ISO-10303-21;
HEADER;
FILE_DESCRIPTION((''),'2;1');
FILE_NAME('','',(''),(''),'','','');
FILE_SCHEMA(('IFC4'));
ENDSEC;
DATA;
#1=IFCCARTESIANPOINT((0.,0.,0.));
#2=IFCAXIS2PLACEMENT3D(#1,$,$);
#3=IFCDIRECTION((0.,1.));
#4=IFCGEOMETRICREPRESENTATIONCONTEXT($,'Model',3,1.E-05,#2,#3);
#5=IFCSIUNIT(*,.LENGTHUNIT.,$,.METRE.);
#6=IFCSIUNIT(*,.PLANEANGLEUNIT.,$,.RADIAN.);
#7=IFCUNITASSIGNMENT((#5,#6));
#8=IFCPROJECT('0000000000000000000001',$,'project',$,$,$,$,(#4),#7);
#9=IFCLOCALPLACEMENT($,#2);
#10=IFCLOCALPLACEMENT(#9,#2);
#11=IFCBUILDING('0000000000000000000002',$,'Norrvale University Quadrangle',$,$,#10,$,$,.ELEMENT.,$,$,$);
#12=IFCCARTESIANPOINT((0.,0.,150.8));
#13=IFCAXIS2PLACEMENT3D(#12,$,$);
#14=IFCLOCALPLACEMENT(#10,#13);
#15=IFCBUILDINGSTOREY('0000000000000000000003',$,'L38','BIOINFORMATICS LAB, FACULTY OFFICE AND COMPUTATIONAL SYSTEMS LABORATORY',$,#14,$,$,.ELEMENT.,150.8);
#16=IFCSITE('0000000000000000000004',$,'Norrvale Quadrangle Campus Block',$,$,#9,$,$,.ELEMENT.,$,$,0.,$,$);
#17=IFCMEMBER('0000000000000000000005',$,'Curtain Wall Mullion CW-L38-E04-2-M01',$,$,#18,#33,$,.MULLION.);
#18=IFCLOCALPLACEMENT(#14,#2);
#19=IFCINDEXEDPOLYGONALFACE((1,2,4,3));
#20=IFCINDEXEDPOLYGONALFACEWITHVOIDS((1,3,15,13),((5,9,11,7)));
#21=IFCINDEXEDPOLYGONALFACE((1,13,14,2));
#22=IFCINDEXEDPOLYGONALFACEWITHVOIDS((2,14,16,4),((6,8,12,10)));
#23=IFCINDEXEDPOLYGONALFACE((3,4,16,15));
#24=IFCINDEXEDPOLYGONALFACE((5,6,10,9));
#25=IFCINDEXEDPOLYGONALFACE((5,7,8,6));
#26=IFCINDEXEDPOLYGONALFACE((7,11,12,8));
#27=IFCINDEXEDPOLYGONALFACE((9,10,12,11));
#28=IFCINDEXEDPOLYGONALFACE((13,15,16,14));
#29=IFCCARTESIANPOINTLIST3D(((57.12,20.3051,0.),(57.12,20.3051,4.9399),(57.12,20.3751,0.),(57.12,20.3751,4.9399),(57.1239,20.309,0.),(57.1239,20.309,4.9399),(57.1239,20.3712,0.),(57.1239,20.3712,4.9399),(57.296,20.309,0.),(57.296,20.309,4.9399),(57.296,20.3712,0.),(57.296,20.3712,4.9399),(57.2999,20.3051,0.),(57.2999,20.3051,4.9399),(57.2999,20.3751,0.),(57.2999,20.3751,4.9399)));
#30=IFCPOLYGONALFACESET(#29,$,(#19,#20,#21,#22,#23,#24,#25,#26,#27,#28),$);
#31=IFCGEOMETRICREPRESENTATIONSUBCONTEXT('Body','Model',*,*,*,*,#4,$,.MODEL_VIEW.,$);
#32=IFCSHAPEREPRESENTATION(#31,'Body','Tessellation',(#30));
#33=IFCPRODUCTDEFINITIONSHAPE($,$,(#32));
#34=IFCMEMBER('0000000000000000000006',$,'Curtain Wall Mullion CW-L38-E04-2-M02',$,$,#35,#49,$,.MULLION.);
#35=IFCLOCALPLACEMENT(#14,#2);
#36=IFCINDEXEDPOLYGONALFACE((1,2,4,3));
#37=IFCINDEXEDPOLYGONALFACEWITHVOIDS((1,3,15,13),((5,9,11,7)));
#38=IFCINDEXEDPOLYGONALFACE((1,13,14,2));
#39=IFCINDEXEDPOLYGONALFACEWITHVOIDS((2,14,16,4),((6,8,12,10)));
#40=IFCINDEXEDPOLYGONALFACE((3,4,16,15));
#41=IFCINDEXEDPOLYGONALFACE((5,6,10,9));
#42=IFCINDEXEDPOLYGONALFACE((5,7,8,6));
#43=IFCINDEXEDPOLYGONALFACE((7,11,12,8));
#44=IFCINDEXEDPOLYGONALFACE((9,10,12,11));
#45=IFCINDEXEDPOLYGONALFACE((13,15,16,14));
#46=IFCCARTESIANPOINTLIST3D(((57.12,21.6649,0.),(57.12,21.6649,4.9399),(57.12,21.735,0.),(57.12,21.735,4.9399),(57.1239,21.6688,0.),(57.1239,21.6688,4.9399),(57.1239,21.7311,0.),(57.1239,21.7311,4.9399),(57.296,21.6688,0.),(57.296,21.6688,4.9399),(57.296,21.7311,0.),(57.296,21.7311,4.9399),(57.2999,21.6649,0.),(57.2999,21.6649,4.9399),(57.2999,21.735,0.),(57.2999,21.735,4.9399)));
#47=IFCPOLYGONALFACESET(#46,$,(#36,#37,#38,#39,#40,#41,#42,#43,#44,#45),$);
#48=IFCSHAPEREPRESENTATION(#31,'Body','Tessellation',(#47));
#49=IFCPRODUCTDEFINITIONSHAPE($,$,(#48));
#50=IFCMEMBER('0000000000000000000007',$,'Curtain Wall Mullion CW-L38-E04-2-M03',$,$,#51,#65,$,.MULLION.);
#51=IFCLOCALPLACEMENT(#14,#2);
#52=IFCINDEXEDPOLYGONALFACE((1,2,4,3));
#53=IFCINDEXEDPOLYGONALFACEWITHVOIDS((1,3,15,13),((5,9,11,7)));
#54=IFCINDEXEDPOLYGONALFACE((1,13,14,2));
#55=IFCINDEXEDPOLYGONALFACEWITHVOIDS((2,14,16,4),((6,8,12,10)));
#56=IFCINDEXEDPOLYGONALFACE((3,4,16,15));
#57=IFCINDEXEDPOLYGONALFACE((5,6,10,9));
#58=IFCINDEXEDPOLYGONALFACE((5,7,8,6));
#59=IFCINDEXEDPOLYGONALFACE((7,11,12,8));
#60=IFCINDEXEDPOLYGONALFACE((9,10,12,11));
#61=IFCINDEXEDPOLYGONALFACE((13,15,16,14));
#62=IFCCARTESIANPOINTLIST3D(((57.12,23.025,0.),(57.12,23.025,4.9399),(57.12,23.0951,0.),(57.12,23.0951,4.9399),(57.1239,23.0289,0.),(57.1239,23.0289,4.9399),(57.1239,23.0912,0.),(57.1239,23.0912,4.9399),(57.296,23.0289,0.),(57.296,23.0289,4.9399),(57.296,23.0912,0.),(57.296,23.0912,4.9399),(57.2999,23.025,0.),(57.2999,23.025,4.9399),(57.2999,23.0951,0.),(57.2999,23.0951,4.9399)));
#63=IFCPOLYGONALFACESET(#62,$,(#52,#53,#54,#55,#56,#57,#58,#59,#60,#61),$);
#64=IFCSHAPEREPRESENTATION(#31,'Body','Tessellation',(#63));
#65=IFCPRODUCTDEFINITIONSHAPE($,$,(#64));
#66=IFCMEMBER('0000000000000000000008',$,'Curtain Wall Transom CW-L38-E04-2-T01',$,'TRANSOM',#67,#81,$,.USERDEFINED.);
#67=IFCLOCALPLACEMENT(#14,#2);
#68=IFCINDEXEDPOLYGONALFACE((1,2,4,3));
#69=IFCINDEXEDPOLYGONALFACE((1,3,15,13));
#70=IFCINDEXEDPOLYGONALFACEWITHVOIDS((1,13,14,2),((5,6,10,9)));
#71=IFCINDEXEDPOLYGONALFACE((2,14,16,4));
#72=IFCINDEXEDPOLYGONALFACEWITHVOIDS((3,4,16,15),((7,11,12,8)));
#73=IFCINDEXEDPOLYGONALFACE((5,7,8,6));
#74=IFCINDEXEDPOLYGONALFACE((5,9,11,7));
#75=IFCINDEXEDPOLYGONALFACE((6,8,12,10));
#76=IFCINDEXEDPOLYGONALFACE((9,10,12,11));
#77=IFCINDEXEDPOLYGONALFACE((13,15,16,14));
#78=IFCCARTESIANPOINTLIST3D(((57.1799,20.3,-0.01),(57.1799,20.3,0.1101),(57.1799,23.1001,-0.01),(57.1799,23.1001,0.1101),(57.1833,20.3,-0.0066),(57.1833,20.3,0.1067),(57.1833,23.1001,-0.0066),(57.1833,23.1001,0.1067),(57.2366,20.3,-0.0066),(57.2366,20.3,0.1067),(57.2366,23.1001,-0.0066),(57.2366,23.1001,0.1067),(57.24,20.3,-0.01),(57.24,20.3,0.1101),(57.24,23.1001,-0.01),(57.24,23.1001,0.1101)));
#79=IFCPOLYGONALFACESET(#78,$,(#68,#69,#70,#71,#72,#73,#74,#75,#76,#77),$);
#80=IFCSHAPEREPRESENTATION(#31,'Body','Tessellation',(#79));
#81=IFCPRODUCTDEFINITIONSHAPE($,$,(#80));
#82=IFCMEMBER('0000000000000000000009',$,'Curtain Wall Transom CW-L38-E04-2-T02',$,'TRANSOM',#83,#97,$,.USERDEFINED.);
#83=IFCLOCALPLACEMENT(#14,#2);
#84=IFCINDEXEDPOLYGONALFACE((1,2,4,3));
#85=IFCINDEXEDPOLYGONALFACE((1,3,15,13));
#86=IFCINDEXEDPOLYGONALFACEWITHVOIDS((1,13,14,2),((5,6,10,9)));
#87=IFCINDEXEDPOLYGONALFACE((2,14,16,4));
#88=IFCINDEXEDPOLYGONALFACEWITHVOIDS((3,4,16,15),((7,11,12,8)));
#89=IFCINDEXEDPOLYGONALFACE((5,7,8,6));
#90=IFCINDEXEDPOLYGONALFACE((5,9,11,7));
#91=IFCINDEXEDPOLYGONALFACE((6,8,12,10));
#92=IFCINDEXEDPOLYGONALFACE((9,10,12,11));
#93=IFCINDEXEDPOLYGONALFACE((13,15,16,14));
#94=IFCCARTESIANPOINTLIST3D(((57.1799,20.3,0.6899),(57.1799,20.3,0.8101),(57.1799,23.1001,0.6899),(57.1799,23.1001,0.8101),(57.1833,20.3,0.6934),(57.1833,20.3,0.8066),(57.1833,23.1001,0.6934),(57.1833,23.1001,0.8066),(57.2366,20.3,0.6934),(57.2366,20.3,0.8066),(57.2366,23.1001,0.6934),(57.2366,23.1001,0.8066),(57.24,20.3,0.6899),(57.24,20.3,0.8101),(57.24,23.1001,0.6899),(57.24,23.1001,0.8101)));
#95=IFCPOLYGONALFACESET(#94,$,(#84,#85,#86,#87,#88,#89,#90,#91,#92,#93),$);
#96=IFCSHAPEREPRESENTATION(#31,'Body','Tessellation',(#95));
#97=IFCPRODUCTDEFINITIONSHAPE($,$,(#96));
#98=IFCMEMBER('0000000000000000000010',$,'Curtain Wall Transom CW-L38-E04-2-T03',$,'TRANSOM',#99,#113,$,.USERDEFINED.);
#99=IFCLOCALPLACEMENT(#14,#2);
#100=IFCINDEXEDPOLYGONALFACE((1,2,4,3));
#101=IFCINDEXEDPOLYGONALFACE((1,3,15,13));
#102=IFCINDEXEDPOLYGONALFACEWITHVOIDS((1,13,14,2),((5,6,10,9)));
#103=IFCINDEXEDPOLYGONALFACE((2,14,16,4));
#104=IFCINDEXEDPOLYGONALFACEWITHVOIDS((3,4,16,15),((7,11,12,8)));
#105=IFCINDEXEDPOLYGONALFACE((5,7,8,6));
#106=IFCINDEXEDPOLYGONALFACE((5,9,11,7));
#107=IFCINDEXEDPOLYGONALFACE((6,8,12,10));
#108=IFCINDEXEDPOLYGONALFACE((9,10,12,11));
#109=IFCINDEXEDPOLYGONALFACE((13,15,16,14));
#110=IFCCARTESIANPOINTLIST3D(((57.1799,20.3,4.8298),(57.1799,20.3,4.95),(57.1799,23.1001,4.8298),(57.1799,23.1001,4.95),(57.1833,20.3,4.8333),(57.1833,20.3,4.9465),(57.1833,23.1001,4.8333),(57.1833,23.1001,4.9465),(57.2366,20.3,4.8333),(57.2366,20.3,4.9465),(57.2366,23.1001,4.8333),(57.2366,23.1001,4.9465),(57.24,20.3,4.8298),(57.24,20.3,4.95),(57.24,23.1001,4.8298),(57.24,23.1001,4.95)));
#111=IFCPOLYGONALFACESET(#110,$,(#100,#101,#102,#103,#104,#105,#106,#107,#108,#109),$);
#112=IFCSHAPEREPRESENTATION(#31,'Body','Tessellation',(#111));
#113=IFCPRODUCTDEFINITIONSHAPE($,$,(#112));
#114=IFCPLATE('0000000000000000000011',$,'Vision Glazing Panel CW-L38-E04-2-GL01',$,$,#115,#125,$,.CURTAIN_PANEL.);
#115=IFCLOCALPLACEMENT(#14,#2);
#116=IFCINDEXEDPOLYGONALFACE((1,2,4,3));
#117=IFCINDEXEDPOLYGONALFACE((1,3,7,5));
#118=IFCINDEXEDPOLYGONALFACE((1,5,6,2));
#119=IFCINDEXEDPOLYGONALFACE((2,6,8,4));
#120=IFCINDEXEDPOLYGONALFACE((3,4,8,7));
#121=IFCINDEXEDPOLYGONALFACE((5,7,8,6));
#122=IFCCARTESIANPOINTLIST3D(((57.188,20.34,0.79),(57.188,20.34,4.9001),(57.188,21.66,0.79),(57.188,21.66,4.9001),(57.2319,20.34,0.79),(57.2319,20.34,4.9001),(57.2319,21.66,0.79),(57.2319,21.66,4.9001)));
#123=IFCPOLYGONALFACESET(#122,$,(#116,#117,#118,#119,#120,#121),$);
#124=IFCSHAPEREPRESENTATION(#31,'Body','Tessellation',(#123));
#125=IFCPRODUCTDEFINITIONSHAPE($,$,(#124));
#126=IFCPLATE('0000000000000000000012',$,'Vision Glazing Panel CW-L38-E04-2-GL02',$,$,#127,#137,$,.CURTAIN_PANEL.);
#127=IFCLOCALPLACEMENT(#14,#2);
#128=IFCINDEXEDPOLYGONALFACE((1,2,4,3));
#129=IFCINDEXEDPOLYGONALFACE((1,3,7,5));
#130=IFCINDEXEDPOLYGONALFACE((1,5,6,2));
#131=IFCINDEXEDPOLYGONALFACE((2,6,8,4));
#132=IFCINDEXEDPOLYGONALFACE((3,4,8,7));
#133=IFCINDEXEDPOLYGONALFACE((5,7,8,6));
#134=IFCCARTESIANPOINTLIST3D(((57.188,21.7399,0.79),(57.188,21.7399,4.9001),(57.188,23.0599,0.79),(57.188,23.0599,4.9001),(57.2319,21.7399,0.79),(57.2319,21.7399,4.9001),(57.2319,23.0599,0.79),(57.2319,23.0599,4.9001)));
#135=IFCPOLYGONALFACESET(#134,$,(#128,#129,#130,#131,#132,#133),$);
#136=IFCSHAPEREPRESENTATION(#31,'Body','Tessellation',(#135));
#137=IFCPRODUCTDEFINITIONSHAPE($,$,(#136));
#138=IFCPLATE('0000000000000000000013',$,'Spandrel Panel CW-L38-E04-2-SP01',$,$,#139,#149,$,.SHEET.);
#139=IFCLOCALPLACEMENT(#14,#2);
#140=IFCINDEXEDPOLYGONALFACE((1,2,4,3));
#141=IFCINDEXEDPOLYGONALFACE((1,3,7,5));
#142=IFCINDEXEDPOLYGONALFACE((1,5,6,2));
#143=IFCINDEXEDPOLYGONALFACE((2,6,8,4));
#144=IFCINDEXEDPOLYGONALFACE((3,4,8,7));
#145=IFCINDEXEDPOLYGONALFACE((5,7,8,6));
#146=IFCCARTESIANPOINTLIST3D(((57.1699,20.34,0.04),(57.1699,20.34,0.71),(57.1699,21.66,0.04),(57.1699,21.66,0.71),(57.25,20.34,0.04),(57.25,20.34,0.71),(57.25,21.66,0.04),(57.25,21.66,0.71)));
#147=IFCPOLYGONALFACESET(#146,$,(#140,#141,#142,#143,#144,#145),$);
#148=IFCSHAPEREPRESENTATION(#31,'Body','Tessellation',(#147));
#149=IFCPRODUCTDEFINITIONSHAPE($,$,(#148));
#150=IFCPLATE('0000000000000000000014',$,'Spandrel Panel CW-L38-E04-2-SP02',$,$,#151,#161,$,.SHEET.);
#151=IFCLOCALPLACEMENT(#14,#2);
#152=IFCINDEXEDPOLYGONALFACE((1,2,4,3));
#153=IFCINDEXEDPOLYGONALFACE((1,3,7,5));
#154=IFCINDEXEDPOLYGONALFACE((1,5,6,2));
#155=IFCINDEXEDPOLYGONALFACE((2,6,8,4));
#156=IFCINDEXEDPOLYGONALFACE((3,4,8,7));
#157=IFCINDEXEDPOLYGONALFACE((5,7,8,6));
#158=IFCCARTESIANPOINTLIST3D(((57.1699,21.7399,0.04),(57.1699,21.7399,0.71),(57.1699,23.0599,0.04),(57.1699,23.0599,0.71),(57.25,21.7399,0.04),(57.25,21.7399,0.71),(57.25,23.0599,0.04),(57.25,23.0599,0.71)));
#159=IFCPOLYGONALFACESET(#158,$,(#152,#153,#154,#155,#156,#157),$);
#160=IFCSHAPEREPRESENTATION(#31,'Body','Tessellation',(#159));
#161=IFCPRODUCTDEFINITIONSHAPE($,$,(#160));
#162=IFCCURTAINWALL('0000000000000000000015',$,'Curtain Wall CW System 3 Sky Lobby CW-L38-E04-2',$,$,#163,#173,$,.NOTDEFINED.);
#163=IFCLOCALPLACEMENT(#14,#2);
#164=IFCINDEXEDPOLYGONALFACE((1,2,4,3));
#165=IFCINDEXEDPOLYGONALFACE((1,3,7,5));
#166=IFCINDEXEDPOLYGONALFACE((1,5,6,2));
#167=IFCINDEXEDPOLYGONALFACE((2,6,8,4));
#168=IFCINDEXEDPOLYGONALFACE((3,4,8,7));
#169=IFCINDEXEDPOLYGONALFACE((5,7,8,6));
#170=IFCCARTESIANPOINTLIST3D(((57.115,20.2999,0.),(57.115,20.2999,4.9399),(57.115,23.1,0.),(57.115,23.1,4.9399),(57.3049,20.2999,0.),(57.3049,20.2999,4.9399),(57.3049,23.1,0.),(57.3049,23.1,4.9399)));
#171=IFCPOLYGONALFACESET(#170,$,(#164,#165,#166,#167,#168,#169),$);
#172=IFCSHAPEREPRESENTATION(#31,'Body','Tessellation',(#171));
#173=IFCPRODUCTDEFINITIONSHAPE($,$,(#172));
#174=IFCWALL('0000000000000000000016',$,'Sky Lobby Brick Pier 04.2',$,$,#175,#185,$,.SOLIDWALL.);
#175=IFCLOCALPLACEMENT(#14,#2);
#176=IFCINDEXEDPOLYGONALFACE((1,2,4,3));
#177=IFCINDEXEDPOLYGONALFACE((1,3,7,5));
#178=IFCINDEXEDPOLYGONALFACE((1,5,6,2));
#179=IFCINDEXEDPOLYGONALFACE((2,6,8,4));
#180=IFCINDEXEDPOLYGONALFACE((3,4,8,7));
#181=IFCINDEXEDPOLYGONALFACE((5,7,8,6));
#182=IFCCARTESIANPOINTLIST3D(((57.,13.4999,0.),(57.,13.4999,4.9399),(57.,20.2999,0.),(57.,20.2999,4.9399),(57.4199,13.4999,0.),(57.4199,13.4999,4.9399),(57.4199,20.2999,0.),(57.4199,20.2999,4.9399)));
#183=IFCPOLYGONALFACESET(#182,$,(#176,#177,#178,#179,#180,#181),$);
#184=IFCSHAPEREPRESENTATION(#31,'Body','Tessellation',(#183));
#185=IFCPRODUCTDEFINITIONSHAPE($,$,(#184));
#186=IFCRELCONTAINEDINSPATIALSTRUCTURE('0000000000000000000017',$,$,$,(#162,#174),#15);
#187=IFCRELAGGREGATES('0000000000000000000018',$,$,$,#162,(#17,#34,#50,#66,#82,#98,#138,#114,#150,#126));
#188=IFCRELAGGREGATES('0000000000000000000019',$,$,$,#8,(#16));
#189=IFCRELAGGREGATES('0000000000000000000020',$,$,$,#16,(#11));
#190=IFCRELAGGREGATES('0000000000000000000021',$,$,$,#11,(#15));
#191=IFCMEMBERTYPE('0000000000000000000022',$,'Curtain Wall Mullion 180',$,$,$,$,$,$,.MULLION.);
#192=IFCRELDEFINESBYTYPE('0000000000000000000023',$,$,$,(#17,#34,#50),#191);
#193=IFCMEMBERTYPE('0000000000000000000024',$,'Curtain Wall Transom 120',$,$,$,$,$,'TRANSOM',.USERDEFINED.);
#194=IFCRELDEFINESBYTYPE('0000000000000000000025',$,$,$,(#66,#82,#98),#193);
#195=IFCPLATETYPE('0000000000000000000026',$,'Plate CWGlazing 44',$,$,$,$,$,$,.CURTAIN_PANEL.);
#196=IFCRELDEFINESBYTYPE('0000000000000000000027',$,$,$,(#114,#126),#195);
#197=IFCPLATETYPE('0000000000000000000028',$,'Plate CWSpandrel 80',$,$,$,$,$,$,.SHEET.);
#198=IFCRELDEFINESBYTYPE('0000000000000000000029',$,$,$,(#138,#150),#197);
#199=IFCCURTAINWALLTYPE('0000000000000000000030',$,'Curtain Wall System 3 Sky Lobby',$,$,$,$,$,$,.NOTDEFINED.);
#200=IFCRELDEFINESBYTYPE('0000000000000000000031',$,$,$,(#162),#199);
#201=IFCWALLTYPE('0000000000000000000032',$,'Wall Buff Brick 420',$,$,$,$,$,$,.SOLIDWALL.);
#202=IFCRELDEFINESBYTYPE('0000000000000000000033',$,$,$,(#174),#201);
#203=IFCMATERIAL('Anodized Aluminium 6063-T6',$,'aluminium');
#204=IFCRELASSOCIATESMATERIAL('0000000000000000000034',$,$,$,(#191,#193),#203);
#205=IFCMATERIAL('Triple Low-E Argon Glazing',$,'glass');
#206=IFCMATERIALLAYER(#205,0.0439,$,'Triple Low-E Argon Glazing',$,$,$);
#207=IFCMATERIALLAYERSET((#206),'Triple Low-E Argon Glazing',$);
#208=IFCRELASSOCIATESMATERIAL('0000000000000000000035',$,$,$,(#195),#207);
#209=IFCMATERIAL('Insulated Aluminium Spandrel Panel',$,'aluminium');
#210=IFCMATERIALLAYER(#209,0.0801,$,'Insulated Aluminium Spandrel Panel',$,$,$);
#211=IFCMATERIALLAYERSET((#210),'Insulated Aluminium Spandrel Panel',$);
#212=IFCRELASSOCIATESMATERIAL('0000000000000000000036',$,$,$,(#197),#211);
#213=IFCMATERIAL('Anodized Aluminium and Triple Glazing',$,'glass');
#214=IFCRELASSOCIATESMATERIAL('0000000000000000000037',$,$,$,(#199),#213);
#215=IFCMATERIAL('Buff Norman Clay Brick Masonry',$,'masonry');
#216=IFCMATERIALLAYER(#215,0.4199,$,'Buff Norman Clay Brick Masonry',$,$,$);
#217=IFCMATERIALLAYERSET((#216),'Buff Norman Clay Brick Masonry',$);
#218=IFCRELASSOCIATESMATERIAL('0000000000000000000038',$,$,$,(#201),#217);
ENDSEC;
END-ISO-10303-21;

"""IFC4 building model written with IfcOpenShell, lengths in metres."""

from ifc_helpers import new_model, si_unit, direction, frame, frame_2d, origin, origin_2d, place, context, subcontext, project, spatial, rectangle, hollow_rectangle, extrude, material, layer, layer_set, material_profile, profile_set, type_object, element, aggregate, save


model = new_model("IFC4")

# Units and contexts
model_context = context("Model", 3, precision=1e-05, world=origin(), true_north=direction((0.0, 1.0)))
body_context = subcontext(model_context, "Body", "Model", "MODEL_VIEW")
ifc_project = project(units=[si_unit("LENGTHUNIT", "METRE"), si_unit("PLANEANGLEUNIT", "RADIAN")], contexts=[model_context])

# Site, building, storey
site_placement = place(None, origin())
site = spatial("IfcSite", under=ifc_project, at=site_placement, Name="Norrvale Quadrangle Campus Block", CompositionType="ELEMENT", RefElevation=0.0)
building_placement = place(site_placement, origin())
building = spatial("IfcBuilding", under=site, at=building_placement, Name="Norrvale University Quadrangle", CompositionType="ELEMENT")
storey_placement = place(building_placement, frame((0.0, 0.0, 150.8)))
storey = spatial("IfcBuildingStorey", under=building, at=storey_placement, Name="L38", Description="BIOINFORMATICS LAB, FACULTY OFFICE AND COMPUTATIONAL SYSTEMS LABORATORY", CompositionType="ELEMENT", Elevation=150.8)

# Members
ifc_material_1 = material(Name="Anodized Aluminium 6063-T6", Category="aluminium")
ifc_material_profile_1 = material_profile(ifc_material_1, hollow_rectangle(XDim=0.0701, YDim=0.1799, WallThickness=0.0039, at=origin_2d()), Name="Anodized Aluminium 6063-T6")
ifc_profile_set_1 = profile_set([ifc_material_profile_1], Name="Anodized Aluminium 6063-T6")
member_type_1 = type_object("IfcMemberType", Name="Curtain Wall Mullion 180", PredefinedType="MULLION", material=ifc_profile_set_1)
member_1_placement = place(storey_placement, frame((57.21, 20.3401, 0.0), z_axis=(0.0, 0.0, 1.0), x_axis=(0.0, 1.0, 0.0)))
member_1 = element("IfcMember", 1, at=member_1_placement, type_object=member_type_1, Name="Curtain Wall Mullion CW-L38-E04-2-M01", PredefinedType="MULLION", context=body_context, shape_type="SweptSolid", body=[
    extrude(hollow_rectangle(XDim=0.0701, YDim=0.1799, WallThickness=0.0039, at=origin_2d()), origin(), (0.0, 0.0, 1.0), 4.9399),
])
member_2_placement = place(storey_placement, frame((57.21, 21.7, 0.0), z_axis=(0.0, 0.0, 1.0), x_axis=(0.0, 1.0, 0.0)))
member_2 = element("IfcMember", 2, at=member_2_placement, type_object=member_type_1, Name="Curtain Wall Mullion CW-L38-E04-2-M02", PredefinedType="MULLION", context=body_context, shape_type="SweptSolid", body=[
    extrude(hollow_rectangle(XDim=0.0701, YDim=0.1799, WallThickness=0.0039, at=origin_2d()), origin(), (0.0, 0.0, 1.0), 4.9399),
])
member_3_placement = place(storey_placement, frame((57.21, 23.0601, 0.0), z_axis=(0.0, 0.0, 1.0), x_axis=(0.0, 1.0, 0.0)))
member_3 = element("IfcMember", 3, at=member_3_placement, type_object=member_type_1, Name="Curtain Wall Mullion CW-L38-E04-2-M03", PredefinedType="MULLION", context=body_context, shape_type="SweptSolid", body=[
    extrude(hollow_rectangle(XDim=0.0701, YDim=0.1799, WallThickness=0.0039, at=origin_2d()), origin(), (0.0, 0.0, 1.0), 4.9399),
])
ifc_material_profile_2 = material_profile(ifc_material_1, hollow_rectangle(XDim=0.0601, YDim=0.1201, WallThickness=0.0034, at=origin_2d()), Name="Anodized Aluminium 6063-T6")
ifc_profile_set_2 = profile_set([ifc_material_profile_2], Name="Anodized Aluminium 6063-T6")
member_type_2 = type_object("IfcMemberType", Name="Curtain Wall Transom 120", ElementType="TRANSOM", PredefinedType="USERDEFINED", material=ifc_profile_set_2)
member_4_placement = place(storey_placement, frame((57.21, 20.3, 0.05), z_axis=(0.0, 1.0, 0.0), x_axis=(-1.0, 0.0, 0.0)))
member_4 = element("IfcMember", 4, at=member_4_placement, type_object=member_type_2, Name="Curtain Wall Transom CW-L38-E04-2-T01", ObjectType="TRANSOM", PredefinedType="USERDEFINED", context=body_context, shape_type="SweptSolid", body=[
    extrude(hollow_rectangle(XDim=0.0601, YDim=0.1201, WallThickness=0.0034, at=origin_2d()), origin(), (0.0, 0.0, 1.0), 2.8),
])
member_5_placement = place(storey_placement, frame((57.21, 20.3, 0.75), z_axis=(0.0, 1.0, 0.0), x_axis=(-1.0, 0.0, 0.0)))
member_5 = element("IfcMember", 5, at=member_5_placement, type_object=member_type_2, Name="Curtain Wall Transom CW-L38-E04-2-T02", ObjectType="TRANSOM", PredefinedType="USERDEFINED", context=body_context, shape_type="SweptSolid", body=[
    extrude(hollow_rectangle(XDim=0.0601, YDim=0.1201, WallThickness=0.0034, at=origin_2d()), origin(), (0.0, 0.0, 1.0), 2.8),
])
member_6_placement = place(storey_placement, frame((57.21, 20.3, 4.8899), z_axis=(0.0, 1.0, 0.0), x_axis=(-1.0, 0.0, 0.0)))
member_6 = element("IfcMember", 6, at=member_6_placement, type_object=member_type_2, Name="Curtain Wall Transom CW-L38-E04-2-T03", ObjectType="TRANSOM", PredefinedType="USERDEFINED", context=body_context, shape_type="SweptSolid", body=[
    extrude(hollow_rectangle(XDim=0.0601, YDim=0.1201, WallThickness=0.0034, at=origin_2d()), origin(), (0.0, 0.0, 1.0), 2.8),
])

# Plates
ifc_material_2 = material(Name="Triple Low-E Argon Glazing", Category="glass")
ifc_layer_1 = layer(ifc_material_2, 0.0439, Name="Triple Low-E Argon Glazing")
ifc_layer_set_1 = layer_set([ifc_layer_1], Name="Triple Low-E Argon Glazing")
plate_type_1 = type_object("IfcPlateType", Name="Plate CWGlazing 44", PredefinedType="CURTAIN_PANEL", material=ifc_layer_set_1)
plate_1_placement = place(storey_placement, frame((57.21, 21.0, 0.79), z_axis=(0.0, 0.0, 1.0), x_axis=(0.0, 1.0, 0.0)))
plate_1 = element("IfcPlate", 7, at=plate_1_placement, type_object=plate_type_1, Name="Vision Glazing Panel CW-L38-E04-2-GL01", PredefinedType="CURTAIN_PANEL", context=body_context, shape_type="SweptSolid", body=[
    extrude(rectangle(XDim=1.3201, YDim=0.0439, at=origin_2d()), origin(), (0.0, 0.0, 1.0), 4.1101),
])
plate_2_placement = place(storey_placement, frame((57.21, 22.3999, 0.79), z_axis=(0.0, 0.0, 1.0), x_axis=(0.0, 1.0, 0.0)))
plate_2 = element("IfcPlate", 8, at=plate_2_placement, type_object=plate_type_1, Name="Vision Glazing Panel CW-L38-E04-2-GL02", PredefinedType="CURTAIN_PANEL", context=body_context, shape_type="SweptSolid", body=[
    extrude(rectangle(XDim=1.3201, YDim=0.0439, at=origin_2d()), origin(), (0.0, 0.0, 1.0), 4.1101),
])
ifc_material_3 = material(Name="Insulated Aluminium Spandrel Panel", Category="aluminium")
ifc_layer_2 = layer(ifc_material_3, 0.0801, Name="Insulated Aluminium Spandrel Panel")
ifc_layer_set_2 = layer_set([ifc_layer_2], Name="Insulated Aluminium Spandrel Panel")
plate_type_2 = type_object("IfcPlateType", Name="Plate CWSpandrel 80", PredefinedType="SHEET", material=ifc_layer_set_2)
plate_3_placement = place(storey_placement, frame((57.21, 21.0, 0.04), z_axis=(0.0, 0.0, 1.0), x_axis=(0.0, 1.0, 0.0)))
plate_3 = element("IfcPlate", 9, at=plate_3_placement, type_object=plate_type_2, Name="Spandrel Panel CW-L38-E04-2-SP01", PredefinedType="SHEET", context=body_context, shape_type="SweptSolid", body=[
    extrude(rectangle(XDim=1.3201, YDim=0.0801, at=origin_2d()), origin(), (0.0, 0.0, 1.0), 0.6699),
])
plate_4_placement = place(storey_placement, frame((57.21, 22.3999, 0.04), z_axis=(0.0, 0.0, 1.0), x_axis=(0.0, 1.0, 0.0)))
plate_4 = element("IfcPlate", 10, at=plate_4_placement, type_object=plate_type_2, Name="Spandrel Panel CW-L38-E04-2-SP02", PredefinedType="SHEET", context=body_context, shape_type="SweptSolid", body=[
    extrude(rectangle(XDim=1.3201, YDim=0.0801, at=origin_2d()), origin(), (0.0, 0.0, 1.0), 0.6699),
])

# Curtain wall
ifc_material_4 = material(Name="Anodized Aluminium and Triple Glazing", Category="glass")
curtain_wall_type = type_object("IfcCurtainWallType", Name="Curtain Wall System 3 Sky Lobby", PredefinedType="NOTDEFINED", material=ifc_material_4)
curtain_wall_placement = place(storey_placement, frame((57.21, 20.3, 0.0), z_axis=(0.0, 0.0, 1.0), x_axis=(0.0, 1.0, 0.0)))
curtain_wall = element("IfcCurtainWall", 11, at=curtain_wall_placement, inside=storey, type_object=curtain_wall_type, Name="Curtain Wall CW System 3 Sky Lobby CW-L38-E04-2", PredefinedType="NOTDEFINED", context=body_context, shape_type="SweptSolid", body=[
    extrude(rectangle(XDim=2.8, YDim=0.1899, at=frame_2d((1.3999, 0.0))), origin(), (0.0, 0.0, 1.0), 4.9399),
])
aggregate(curtain_wall, [member_1, member_2, member_3, member_4, member_5, member_6, plate_3, plate_1, plate_4, plate_2])

# Wall
ifc_material_5 = material(Name="Buff Norman Clay Brick Masonry", Category="masonry")
ifc_layer_3 = layer(ifc_material_5, 0.4199, Name="Buff Norman Clay Brick Masonry")
ifc_layer_set_3 = layer_set([ifc_layer_3], Name="Buff Norman Clay Brick Masonry")
wall_type_1 = type_object("IfcWallType", Name="Wall Buff Brick 420", PredefinedType="SOLIDWALL", material=ifc_layer_set_3)
wall_1_placement = place(storey_placement, frame((57.21, 13.5, 0.0), z_axis=(0.0, 0.0, 1.0), x_axis=(0.0, 1.0, 0.0)))
element("IfcWall", 12, at=wall_1_placement, inside=storey, type_object=wall_type_1, Name="Sky Lobby Brick Pier 04.2", PredefinedType="SOLIDWALL", context=body_context, shape_type="SweptSolid", body=[
    extrude(rectangle(XDim=6.8, YDim=0.4199, at=frame_2d((3.3999, 0.0))), origin(), (0.0, 0.0, 1.0), 4.9399),
])

save(model, "model.ifc")
